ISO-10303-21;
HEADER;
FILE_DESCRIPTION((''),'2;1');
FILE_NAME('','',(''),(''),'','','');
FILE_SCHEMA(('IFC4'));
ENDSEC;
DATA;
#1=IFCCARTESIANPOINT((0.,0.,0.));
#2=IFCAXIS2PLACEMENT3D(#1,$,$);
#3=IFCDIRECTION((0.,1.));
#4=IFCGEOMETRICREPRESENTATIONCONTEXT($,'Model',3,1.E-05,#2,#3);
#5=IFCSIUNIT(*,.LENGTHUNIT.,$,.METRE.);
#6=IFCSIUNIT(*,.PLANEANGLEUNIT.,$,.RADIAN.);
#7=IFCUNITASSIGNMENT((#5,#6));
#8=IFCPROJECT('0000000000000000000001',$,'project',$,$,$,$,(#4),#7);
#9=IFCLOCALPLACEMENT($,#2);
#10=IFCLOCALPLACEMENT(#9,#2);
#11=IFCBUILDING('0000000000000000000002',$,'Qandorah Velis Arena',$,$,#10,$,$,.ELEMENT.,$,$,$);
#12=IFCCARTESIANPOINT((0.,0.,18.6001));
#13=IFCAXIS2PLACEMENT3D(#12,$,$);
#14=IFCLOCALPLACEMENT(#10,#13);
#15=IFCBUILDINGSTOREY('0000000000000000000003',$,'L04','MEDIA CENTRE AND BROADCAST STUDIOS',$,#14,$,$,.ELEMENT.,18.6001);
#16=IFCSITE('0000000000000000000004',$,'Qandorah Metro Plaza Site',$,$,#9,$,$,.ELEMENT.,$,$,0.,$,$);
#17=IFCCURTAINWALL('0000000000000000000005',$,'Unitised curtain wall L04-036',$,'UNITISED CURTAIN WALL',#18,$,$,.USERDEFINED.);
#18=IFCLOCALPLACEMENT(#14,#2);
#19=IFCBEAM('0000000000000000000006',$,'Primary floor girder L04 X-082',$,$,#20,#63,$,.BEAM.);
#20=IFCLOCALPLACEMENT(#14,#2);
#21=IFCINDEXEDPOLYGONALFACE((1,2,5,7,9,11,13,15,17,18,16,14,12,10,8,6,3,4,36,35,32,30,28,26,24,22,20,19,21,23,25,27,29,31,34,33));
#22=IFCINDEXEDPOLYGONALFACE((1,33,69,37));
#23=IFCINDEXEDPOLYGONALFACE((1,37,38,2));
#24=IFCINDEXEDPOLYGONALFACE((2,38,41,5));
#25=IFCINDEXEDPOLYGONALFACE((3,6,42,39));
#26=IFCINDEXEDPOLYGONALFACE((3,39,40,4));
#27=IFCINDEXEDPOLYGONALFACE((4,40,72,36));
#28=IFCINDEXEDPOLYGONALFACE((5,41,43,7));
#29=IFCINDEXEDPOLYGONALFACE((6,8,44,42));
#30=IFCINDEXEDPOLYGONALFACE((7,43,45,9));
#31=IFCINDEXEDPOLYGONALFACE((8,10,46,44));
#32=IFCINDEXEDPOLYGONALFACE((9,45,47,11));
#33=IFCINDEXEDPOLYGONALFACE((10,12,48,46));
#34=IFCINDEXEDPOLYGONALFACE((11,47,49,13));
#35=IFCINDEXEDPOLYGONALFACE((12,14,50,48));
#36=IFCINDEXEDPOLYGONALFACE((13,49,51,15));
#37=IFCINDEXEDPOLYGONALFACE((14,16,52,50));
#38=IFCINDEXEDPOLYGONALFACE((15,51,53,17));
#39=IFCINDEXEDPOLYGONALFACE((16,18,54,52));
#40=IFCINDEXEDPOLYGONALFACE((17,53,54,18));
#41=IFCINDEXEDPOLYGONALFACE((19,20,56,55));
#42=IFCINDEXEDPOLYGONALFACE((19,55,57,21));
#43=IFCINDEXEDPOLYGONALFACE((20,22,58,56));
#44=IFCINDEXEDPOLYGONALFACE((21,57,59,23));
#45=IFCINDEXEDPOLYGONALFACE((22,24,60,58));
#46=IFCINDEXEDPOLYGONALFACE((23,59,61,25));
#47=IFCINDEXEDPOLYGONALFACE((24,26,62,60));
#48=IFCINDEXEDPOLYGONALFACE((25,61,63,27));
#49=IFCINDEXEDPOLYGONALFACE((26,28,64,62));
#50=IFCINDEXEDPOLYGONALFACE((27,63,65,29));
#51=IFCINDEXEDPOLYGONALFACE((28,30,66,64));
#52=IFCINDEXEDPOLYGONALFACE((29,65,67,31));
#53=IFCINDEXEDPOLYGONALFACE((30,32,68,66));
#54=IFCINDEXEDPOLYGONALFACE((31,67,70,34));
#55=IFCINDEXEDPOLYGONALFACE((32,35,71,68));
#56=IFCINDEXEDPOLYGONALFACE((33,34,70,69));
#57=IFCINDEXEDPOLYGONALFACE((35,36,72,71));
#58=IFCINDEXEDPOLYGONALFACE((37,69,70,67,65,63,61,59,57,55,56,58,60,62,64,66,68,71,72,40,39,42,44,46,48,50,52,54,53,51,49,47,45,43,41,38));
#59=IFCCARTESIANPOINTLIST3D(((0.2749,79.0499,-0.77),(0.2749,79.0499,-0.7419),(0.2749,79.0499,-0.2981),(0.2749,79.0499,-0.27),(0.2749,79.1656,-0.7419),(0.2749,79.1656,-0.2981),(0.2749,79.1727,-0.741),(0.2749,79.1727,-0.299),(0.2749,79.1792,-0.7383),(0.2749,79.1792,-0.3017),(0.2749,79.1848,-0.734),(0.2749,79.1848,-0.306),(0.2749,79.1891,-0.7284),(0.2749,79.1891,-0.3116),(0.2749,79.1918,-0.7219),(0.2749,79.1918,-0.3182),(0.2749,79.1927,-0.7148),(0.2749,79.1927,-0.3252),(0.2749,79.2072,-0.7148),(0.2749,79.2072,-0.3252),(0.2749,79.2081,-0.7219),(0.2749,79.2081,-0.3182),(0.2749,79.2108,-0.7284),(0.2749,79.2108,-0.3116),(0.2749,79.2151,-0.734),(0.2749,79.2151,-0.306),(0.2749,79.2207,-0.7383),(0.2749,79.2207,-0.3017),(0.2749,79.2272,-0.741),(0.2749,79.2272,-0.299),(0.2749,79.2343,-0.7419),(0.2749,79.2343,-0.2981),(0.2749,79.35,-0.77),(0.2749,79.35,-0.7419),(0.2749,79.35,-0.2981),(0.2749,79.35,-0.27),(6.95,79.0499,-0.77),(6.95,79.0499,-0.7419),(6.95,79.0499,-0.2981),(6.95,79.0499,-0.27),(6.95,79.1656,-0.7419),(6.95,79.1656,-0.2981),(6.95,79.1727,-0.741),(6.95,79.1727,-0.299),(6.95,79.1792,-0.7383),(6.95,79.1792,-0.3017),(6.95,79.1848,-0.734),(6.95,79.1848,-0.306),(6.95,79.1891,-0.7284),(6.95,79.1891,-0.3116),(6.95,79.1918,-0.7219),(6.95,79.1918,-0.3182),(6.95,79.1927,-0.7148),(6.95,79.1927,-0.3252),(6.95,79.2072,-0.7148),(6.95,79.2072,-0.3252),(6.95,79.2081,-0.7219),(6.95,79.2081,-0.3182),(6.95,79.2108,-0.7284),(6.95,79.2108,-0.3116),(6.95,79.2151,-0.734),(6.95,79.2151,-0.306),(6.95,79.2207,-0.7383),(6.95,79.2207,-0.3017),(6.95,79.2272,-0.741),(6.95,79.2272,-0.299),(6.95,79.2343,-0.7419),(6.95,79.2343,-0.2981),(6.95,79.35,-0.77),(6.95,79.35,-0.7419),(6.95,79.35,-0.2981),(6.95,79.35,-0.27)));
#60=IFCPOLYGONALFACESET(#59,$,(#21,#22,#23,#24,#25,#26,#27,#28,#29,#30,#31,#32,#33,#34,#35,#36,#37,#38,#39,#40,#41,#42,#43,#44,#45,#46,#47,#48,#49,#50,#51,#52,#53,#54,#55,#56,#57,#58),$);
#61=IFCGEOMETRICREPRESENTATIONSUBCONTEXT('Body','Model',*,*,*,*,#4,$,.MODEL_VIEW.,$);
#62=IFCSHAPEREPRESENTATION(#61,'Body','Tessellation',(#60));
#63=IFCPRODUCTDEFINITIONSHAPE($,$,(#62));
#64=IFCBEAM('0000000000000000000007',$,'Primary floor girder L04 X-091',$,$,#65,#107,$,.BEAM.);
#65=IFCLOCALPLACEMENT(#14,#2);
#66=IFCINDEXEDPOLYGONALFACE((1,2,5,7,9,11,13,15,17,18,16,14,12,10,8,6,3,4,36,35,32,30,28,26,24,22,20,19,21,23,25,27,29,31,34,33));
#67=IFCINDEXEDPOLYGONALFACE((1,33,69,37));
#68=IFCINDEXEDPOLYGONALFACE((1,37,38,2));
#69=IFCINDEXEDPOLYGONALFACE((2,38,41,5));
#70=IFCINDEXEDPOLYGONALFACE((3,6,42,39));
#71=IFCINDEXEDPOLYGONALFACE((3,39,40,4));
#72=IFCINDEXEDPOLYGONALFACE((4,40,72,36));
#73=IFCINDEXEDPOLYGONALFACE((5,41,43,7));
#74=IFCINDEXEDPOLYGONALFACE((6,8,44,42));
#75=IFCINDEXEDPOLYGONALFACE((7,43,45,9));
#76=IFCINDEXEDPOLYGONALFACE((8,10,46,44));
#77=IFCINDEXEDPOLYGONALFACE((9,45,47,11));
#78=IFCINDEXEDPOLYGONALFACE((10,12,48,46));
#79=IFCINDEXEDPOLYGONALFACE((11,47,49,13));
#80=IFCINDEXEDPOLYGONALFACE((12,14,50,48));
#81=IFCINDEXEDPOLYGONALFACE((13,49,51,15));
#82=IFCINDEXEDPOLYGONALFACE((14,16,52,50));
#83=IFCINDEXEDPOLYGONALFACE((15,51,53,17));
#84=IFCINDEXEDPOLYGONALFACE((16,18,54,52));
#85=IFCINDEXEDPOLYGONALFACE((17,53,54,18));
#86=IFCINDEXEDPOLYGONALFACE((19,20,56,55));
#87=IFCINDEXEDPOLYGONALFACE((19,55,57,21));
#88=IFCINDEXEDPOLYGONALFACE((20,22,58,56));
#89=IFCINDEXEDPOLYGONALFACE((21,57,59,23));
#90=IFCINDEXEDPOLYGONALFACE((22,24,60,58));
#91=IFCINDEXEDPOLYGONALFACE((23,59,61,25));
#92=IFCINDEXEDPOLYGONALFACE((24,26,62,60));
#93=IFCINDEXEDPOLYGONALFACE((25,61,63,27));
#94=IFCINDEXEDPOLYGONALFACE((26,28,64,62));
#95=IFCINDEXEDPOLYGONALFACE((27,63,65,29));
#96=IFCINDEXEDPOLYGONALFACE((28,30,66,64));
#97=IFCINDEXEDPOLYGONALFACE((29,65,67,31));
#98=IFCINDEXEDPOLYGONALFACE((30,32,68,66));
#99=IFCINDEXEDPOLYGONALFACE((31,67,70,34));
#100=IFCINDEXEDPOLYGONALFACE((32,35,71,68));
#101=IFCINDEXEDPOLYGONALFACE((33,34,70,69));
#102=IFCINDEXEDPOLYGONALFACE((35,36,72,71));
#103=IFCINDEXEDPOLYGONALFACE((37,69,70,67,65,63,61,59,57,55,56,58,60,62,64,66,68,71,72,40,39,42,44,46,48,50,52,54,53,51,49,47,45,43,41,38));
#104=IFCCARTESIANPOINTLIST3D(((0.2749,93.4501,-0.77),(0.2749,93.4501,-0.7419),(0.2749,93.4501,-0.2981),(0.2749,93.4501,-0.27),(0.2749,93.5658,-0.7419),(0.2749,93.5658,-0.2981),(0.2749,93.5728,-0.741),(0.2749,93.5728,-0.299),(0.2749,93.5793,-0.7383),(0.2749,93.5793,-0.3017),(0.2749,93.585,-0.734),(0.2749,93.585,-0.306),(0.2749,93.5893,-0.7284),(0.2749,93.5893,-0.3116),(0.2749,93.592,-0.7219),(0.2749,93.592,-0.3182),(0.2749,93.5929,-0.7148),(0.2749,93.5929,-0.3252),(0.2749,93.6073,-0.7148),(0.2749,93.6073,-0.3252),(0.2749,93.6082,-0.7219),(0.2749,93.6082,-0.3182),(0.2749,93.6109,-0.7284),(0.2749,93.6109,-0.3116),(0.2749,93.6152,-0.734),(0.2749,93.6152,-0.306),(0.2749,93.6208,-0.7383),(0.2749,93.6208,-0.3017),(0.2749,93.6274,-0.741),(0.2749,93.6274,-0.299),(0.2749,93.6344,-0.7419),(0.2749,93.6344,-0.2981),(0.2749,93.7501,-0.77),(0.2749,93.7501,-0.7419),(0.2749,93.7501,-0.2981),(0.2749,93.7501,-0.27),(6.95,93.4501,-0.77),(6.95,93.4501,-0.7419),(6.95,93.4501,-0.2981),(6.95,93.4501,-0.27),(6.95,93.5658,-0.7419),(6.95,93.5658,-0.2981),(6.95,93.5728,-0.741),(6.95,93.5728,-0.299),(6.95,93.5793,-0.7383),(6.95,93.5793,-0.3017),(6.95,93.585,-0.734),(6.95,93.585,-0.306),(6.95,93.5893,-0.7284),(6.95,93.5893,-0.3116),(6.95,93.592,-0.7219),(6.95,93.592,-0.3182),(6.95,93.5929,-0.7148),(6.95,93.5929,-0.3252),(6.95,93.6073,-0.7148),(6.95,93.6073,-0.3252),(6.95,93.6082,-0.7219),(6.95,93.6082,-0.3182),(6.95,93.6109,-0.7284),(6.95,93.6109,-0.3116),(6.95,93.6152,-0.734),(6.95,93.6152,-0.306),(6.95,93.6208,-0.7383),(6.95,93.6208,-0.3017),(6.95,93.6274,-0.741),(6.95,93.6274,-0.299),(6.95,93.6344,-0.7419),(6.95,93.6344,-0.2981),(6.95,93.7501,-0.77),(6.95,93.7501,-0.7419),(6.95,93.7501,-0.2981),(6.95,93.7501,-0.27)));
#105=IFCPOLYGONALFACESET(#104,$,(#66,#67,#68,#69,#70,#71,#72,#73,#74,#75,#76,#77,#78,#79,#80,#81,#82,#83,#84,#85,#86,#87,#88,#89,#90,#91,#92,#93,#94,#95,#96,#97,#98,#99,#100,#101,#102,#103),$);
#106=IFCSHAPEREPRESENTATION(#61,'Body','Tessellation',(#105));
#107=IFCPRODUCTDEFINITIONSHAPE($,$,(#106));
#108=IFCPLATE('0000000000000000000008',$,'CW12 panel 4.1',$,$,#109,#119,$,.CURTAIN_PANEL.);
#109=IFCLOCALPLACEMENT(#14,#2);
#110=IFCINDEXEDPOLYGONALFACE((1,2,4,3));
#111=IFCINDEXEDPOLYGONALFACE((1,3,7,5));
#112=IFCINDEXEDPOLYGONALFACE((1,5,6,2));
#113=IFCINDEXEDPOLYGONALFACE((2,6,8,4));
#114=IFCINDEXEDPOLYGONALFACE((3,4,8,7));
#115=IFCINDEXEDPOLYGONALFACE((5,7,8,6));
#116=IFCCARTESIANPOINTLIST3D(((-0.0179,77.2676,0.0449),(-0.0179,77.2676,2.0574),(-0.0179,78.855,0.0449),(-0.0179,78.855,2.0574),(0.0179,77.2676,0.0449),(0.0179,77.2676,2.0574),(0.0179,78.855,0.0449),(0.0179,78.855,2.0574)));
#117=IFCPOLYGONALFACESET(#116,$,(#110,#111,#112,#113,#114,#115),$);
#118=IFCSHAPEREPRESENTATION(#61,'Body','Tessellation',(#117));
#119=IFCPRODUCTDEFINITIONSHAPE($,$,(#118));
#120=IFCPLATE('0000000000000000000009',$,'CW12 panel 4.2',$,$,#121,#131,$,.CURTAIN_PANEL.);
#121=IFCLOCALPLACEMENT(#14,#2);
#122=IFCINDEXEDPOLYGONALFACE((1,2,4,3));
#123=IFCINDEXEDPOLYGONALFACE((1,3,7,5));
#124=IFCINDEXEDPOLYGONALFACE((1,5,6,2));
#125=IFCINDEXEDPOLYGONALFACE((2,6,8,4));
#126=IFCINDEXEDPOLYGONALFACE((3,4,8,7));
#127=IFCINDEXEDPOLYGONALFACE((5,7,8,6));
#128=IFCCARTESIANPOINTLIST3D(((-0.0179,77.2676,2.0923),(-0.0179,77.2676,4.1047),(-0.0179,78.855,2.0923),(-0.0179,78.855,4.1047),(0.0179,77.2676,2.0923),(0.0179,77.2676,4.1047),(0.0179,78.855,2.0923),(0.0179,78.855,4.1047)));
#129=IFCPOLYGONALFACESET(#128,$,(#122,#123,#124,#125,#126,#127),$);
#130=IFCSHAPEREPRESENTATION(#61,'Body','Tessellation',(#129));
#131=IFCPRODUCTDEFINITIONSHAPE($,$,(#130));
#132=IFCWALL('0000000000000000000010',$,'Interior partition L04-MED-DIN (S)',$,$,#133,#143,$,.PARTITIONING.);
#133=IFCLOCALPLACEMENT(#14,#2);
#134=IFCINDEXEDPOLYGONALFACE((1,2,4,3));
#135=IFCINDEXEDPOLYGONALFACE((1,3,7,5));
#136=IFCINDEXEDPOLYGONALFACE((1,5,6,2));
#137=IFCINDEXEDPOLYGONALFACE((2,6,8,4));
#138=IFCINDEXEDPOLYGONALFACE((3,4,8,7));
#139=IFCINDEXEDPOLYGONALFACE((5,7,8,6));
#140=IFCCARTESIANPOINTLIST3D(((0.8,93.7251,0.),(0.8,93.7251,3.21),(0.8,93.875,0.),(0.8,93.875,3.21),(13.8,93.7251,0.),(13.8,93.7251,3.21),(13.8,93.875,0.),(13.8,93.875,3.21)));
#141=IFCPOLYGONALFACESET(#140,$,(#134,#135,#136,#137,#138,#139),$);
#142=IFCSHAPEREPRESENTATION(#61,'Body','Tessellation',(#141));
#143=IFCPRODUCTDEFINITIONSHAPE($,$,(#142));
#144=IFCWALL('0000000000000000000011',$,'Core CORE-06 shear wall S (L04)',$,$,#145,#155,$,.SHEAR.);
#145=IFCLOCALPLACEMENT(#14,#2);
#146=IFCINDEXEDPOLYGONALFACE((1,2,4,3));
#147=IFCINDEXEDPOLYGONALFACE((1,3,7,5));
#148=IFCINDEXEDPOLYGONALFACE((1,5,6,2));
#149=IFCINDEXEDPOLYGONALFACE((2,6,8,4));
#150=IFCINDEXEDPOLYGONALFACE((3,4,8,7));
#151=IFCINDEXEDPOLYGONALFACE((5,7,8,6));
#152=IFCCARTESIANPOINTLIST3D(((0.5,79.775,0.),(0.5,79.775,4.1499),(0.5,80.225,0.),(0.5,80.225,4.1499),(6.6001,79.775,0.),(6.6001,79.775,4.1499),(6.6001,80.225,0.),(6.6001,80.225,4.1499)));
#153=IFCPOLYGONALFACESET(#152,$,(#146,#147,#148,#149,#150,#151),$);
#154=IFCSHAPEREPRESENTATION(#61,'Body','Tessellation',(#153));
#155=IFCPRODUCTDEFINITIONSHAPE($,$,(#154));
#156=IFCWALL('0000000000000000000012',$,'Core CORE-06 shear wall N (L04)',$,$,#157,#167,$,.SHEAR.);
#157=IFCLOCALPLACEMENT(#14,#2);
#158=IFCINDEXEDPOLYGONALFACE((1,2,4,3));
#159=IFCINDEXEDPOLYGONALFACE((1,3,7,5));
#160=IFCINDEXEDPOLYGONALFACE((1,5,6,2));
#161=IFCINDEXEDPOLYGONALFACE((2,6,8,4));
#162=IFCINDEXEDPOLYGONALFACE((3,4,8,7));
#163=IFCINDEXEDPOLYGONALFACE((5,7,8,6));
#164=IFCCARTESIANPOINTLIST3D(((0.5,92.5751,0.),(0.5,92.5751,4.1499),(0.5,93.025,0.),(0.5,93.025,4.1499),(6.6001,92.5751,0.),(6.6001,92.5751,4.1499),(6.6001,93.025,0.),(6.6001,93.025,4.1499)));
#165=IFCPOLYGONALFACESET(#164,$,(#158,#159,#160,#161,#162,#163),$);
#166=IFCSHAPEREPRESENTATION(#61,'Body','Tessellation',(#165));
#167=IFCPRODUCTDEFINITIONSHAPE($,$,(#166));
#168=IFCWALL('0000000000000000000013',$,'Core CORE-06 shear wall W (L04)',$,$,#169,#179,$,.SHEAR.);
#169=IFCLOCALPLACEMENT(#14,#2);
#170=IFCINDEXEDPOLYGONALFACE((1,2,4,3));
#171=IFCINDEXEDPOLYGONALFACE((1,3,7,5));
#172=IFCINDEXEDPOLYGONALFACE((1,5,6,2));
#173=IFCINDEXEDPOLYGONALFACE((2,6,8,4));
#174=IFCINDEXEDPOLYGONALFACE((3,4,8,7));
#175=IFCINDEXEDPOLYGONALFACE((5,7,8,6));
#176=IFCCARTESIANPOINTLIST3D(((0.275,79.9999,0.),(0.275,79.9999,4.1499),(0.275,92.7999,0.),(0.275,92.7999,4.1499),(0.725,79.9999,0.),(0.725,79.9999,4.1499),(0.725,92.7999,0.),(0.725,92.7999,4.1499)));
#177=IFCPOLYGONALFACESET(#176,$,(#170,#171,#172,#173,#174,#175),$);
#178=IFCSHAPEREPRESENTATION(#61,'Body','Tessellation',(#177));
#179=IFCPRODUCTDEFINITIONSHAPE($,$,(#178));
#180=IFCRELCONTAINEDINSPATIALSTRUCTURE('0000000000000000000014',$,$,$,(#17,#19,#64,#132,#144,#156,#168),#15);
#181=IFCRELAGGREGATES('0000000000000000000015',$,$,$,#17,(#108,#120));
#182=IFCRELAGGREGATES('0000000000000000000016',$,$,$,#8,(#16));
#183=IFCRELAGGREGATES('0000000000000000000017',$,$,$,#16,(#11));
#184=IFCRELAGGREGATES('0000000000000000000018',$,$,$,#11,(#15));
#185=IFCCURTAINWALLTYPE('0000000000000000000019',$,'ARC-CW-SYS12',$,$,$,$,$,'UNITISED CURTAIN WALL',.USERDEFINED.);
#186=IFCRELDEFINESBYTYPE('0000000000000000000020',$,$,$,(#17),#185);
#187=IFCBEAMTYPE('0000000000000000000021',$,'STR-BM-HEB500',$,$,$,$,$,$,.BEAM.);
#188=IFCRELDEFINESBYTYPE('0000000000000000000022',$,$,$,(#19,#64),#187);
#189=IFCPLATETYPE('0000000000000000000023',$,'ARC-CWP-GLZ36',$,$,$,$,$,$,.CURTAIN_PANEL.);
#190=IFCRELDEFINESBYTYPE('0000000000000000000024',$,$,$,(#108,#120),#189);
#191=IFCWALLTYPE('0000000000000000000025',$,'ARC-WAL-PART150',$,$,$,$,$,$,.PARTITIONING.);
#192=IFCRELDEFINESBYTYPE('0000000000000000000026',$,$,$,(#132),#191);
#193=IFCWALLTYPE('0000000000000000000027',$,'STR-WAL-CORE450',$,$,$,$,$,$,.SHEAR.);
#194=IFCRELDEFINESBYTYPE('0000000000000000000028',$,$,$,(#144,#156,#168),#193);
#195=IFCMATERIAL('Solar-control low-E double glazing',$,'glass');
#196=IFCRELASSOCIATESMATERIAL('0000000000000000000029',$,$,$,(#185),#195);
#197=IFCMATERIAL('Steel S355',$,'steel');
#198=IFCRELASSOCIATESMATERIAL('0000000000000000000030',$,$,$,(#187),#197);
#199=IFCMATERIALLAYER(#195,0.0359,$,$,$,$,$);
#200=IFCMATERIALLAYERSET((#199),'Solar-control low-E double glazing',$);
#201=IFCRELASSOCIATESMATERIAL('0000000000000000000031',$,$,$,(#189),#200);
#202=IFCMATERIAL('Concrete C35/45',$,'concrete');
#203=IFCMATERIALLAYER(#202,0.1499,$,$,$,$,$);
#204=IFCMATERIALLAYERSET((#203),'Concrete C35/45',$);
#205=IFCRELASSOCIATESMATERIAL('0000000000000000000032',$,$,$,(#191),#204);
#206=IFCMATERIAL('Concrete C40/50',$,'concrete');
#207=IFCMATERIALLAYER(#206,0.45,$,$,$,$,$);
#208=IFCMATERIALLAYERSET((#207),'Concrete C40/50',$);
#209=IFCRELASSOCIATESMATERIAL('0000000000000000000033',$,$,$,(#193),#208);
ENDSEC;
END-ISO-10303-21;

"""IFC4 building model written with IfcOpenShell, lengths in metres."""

from ifc_helpers import new_model, si_unit, direction, frame, frame_2d, origin, origin_2d, place, context, subcontext, project, spatial, rectangle, i_section, extrude, material, layer, layer_set, material_profile, profile_set, type_object, element, aggregate, save


model = new_model("IFC4")

# Units and contexts
model_context = context("Model", 3, precision=1e-05, world=origin(), true_north=direction((0.0, 1.0)))
body_context = subcontext(model_context, "Body", "Model", "MODEL_VIEW")
ifc_project = project(units=[si_unit("LENGTHUNIT", "METRE"), si_unit("PLANEANGLEUNIT", "RADIAN")], contexts=[model_context])

# Site, building, storey
site_placement = place(None, origin())
site = spatial("IfcSite", under=ifc_project, at=site_placement, Name="Qandorah Metro Plaza Site", CompositionType="ELEMENT", RefElevation=0.0)
building_placement = place(site_placement, origin())
building = spatial("IfcBuilding", under=site, at=building_placement, Name="Qandorah Velis Arena", CompositionType="ELEMENT")
storey_placement = place(building_placement, frame((0.0, 0.0, 18.6001)))
storey = spatial("IfcBuildingStorey", under=building, at=storey_placement, Name="L04", Description="MEDIA CENTRE AND BROADCAST STUDIOS", CompositionType="ELEMENT", Elevation=18.6001)

# Shared definitions
ifc_material_1 = material(Name="Steel S355", Category="steel")
ifc_material_2 = material(Name="Concrete C40/50", Category="concrete")

# Curtain wall
ifc_material_3 = material(Name="Solar-control low-E double glazing", Category="glass")
curtain_wall_type = type_object("IfcCurtainWallType", Name="ARC-CW-SYS12", ElementType="UNITISED CURTAIN WALL", PredefinedType="USERDEFINED", material=ifc_material_3)
curtain_wall_placement = place(storey_placement, origin())
curtain_wall = element("IfcCurtainWall", 1, at=curtain_wall_placement, inside=storey, type_object=curtain_wall_type, Name="Unitised curtain wall L04-036", ObjectType="UNITISED CURTAIN WALL", PredefinedType="USERDEFINED")

# Beams
ifc_material_profile_1 = material_profile(ifc_material_1, i_section(OverallWidth=0.3, OverallDepth=0.5, WebThickness=0.0144, FlangeThickness=0.0281, FilletRadius=0.0271, at=origin_2d()), Name="HEB 500")
ifc_profile_set_1 = profile_set([ifc_material_profile_1], Name="Steel S355")
beam_type_1 = type_object("IfcBeamType", Name="STR-BM-HEB500", PredefinedType="BEAM", material=ifc_profile_set_1)
for number, where, z_axis, x_axis, name in (
    (2, (0.2749, 79.2, -0.52), (1.0, 0.0, 0.0), (0.0, 1.0, 0.0), "Primary floor girder L04 X-082"),
    (3, (0.2749, 93.6001, -0.52), (1.0, 0.0, 0.0), (0.0, 1.0, 0.0), "Primary floor girder L04 X-091"),
):
    element("IfcBeam", number, at=place(storey_placement, frame(where, z_axis=z_axis, x_axis=x_axis)), inside=storey, type_object=beam_type_1, Name=name, PredefinedType="BEAM", context=body_context, shape_type="SweptSolid", body=[
        extrude(i_section(OverallWidth=0.3, OverallDepth=0.5, WebThickness=0.0144, FlangeThickness=0.0281, FilletRadius=0.0271, at=origin_2d()), origin(), (0.0, 0.0, 1.0), 6.675),
    ])

# Plates
ifc_layer_1 = layer(ifc_material_3, 0.0359)
ifc_layer_set_1 = layer_set([ifc_layer_1], Name="Solar-control low-E double glazing")
plate_type = type_object("IfcPlateType", Name="ARC-CWP-GLZ36", PredefinedType="CURTAIN_PANEL", material=ifc_layer_set_1)
plate_1_placement = place(storey_placement, frame((0.0, 78.0613, 0.0449), z_axis=(0.0, 0.0, 1.0), x_axis=(0.0, 1.0, 0.0)))
plate_1 = element("IfcPlate", 4, at=plate_1_placement, type_object=plate_type, Name="CW12 panel 4.1", PredefinedType="CURTAIN_PANEL", context=body_context, shape_type="SweptSolid", body=[
    extrude(rectangle(XDim=1.5874, YDim=0.0359, at=origin_2d()), origin(), (0.0, 0.0, 1.0), 2.0125),
])
plate_2_placement = place(storey_placement, frame((0.0, 78.0613, 2.0923), z_axis=(0.0, 0.0, 1.0), x_axis=(0.0, 1.0, 0.0)))
plate_2 = element("IfcPlate", 5, at=plate_2_placement, type_object=plate_type, Name="CW12 panel 4.2", PredefinedType="CURTAIN_PANEL", context=body_context, shape_type="SweptSolid", body=[
    extrude(rectangle(XDim=1.5874, YDim=0.0359, at=origin_2d()), origin(), (0.0, 0.0, 1.0), 2.0125),
])
aggregate(curtain_wall, [plate_1, plate_2])

# Walls
ifc_material_4 = material(Name="Concrete C35/45", Category="concrete")
ifc_layer_2 = layer(ifc_material_4, 0.1499)
ifc_layer_set_2 = layer_set([ifc_layer_2], Name="Concrete C35/45")
wall_type_1 = type_object("IfcWallType", Name="ARC-WAL-PART150", PredefinedType="PARTITIONING", material=ifc_layer_set_2)
wall_1_placement = place(storey_placement, frame((0.8, 93.8, 0.0), z_axis=(0.0, 0.0, 1.0), x_axis=(1.0, 0.0, 0.0)))
element("IfcWall", 6, at=wall_1_placement, inside=storey, type_object=wall_type_1, Name="Interior partition L04-MED-DIN (S)", PredefinedType="PARTITIONING", context=body_context, shape_type="SweptSolid", body=[
    extrude(rectangle(XDim=13.0, YDim=0.1499, at=frame_2d((6.5, 0.0))), origin(), (0.0, 0.0, 1.0), 3.21),
])
ifc_layer_3 = layer(ifc_material_2, 0.45)
ifc_layer_set_3 = layer_set([ifc_layer_3], Name="Concrete C40/50")
wall_type_2 = type_object("IfcWallType", Name="STR-WAL-CORE450", PredefinedType="SHEAR", material=ifc_layer_set_3)
for number, where, z_axis, x_axis, name in (
    (7, (0.5, 80.0, 0.0), (0.0, 0.0, 1.0), (1.0, 0.0, 0.0), "Core CORE-06 shear wall S (L04)"),
    (8, (0.5, 92.8, 0.0), (0.0, 0.0, 1.0), (1.0, 0.0, 0.0), "Core CORE-06 shear wall N (L04)"),
):
    element("IfcWall", number, at=place(storey_placement, frame(where, z_axis=z_axis, x_axis=x_axis)), inside=storey, type_object=wall_type_2, Name=name, PredefinedType="SHEAR", context=body_context, shape_type="SweptSolid", body=[
        extrude(rectangle(XDim=6.1001, YDim=0.45, at=frame_2d((3.05, 0.0))), origin(), (0.0, 0.0, 1.0), 4.1499),
    ])
wall_2_placement = place(storey_placement, frame((0.5, 80.0, 0.0), z_axis=(0.0, 0.0, 1.0), x_axis=(0.0, 1.0, 0.0)))
element("IfcWall", 9, at=wall_2_placement, inside=storey, type_object=wall_type_2, Name="Core CORE-06 shear wall W (L04)", PredefinedType="SHEAR", context=body_context, shape_type="SweptSolid", body=[
    extrude(rectangle(XDim=12.8, YDim=0.45, at=frame_2d((6.3999, 0.0))), origin(), (0.0, 0.0, 1.0), 4.1499),
])

save(model, "model.ifc")
